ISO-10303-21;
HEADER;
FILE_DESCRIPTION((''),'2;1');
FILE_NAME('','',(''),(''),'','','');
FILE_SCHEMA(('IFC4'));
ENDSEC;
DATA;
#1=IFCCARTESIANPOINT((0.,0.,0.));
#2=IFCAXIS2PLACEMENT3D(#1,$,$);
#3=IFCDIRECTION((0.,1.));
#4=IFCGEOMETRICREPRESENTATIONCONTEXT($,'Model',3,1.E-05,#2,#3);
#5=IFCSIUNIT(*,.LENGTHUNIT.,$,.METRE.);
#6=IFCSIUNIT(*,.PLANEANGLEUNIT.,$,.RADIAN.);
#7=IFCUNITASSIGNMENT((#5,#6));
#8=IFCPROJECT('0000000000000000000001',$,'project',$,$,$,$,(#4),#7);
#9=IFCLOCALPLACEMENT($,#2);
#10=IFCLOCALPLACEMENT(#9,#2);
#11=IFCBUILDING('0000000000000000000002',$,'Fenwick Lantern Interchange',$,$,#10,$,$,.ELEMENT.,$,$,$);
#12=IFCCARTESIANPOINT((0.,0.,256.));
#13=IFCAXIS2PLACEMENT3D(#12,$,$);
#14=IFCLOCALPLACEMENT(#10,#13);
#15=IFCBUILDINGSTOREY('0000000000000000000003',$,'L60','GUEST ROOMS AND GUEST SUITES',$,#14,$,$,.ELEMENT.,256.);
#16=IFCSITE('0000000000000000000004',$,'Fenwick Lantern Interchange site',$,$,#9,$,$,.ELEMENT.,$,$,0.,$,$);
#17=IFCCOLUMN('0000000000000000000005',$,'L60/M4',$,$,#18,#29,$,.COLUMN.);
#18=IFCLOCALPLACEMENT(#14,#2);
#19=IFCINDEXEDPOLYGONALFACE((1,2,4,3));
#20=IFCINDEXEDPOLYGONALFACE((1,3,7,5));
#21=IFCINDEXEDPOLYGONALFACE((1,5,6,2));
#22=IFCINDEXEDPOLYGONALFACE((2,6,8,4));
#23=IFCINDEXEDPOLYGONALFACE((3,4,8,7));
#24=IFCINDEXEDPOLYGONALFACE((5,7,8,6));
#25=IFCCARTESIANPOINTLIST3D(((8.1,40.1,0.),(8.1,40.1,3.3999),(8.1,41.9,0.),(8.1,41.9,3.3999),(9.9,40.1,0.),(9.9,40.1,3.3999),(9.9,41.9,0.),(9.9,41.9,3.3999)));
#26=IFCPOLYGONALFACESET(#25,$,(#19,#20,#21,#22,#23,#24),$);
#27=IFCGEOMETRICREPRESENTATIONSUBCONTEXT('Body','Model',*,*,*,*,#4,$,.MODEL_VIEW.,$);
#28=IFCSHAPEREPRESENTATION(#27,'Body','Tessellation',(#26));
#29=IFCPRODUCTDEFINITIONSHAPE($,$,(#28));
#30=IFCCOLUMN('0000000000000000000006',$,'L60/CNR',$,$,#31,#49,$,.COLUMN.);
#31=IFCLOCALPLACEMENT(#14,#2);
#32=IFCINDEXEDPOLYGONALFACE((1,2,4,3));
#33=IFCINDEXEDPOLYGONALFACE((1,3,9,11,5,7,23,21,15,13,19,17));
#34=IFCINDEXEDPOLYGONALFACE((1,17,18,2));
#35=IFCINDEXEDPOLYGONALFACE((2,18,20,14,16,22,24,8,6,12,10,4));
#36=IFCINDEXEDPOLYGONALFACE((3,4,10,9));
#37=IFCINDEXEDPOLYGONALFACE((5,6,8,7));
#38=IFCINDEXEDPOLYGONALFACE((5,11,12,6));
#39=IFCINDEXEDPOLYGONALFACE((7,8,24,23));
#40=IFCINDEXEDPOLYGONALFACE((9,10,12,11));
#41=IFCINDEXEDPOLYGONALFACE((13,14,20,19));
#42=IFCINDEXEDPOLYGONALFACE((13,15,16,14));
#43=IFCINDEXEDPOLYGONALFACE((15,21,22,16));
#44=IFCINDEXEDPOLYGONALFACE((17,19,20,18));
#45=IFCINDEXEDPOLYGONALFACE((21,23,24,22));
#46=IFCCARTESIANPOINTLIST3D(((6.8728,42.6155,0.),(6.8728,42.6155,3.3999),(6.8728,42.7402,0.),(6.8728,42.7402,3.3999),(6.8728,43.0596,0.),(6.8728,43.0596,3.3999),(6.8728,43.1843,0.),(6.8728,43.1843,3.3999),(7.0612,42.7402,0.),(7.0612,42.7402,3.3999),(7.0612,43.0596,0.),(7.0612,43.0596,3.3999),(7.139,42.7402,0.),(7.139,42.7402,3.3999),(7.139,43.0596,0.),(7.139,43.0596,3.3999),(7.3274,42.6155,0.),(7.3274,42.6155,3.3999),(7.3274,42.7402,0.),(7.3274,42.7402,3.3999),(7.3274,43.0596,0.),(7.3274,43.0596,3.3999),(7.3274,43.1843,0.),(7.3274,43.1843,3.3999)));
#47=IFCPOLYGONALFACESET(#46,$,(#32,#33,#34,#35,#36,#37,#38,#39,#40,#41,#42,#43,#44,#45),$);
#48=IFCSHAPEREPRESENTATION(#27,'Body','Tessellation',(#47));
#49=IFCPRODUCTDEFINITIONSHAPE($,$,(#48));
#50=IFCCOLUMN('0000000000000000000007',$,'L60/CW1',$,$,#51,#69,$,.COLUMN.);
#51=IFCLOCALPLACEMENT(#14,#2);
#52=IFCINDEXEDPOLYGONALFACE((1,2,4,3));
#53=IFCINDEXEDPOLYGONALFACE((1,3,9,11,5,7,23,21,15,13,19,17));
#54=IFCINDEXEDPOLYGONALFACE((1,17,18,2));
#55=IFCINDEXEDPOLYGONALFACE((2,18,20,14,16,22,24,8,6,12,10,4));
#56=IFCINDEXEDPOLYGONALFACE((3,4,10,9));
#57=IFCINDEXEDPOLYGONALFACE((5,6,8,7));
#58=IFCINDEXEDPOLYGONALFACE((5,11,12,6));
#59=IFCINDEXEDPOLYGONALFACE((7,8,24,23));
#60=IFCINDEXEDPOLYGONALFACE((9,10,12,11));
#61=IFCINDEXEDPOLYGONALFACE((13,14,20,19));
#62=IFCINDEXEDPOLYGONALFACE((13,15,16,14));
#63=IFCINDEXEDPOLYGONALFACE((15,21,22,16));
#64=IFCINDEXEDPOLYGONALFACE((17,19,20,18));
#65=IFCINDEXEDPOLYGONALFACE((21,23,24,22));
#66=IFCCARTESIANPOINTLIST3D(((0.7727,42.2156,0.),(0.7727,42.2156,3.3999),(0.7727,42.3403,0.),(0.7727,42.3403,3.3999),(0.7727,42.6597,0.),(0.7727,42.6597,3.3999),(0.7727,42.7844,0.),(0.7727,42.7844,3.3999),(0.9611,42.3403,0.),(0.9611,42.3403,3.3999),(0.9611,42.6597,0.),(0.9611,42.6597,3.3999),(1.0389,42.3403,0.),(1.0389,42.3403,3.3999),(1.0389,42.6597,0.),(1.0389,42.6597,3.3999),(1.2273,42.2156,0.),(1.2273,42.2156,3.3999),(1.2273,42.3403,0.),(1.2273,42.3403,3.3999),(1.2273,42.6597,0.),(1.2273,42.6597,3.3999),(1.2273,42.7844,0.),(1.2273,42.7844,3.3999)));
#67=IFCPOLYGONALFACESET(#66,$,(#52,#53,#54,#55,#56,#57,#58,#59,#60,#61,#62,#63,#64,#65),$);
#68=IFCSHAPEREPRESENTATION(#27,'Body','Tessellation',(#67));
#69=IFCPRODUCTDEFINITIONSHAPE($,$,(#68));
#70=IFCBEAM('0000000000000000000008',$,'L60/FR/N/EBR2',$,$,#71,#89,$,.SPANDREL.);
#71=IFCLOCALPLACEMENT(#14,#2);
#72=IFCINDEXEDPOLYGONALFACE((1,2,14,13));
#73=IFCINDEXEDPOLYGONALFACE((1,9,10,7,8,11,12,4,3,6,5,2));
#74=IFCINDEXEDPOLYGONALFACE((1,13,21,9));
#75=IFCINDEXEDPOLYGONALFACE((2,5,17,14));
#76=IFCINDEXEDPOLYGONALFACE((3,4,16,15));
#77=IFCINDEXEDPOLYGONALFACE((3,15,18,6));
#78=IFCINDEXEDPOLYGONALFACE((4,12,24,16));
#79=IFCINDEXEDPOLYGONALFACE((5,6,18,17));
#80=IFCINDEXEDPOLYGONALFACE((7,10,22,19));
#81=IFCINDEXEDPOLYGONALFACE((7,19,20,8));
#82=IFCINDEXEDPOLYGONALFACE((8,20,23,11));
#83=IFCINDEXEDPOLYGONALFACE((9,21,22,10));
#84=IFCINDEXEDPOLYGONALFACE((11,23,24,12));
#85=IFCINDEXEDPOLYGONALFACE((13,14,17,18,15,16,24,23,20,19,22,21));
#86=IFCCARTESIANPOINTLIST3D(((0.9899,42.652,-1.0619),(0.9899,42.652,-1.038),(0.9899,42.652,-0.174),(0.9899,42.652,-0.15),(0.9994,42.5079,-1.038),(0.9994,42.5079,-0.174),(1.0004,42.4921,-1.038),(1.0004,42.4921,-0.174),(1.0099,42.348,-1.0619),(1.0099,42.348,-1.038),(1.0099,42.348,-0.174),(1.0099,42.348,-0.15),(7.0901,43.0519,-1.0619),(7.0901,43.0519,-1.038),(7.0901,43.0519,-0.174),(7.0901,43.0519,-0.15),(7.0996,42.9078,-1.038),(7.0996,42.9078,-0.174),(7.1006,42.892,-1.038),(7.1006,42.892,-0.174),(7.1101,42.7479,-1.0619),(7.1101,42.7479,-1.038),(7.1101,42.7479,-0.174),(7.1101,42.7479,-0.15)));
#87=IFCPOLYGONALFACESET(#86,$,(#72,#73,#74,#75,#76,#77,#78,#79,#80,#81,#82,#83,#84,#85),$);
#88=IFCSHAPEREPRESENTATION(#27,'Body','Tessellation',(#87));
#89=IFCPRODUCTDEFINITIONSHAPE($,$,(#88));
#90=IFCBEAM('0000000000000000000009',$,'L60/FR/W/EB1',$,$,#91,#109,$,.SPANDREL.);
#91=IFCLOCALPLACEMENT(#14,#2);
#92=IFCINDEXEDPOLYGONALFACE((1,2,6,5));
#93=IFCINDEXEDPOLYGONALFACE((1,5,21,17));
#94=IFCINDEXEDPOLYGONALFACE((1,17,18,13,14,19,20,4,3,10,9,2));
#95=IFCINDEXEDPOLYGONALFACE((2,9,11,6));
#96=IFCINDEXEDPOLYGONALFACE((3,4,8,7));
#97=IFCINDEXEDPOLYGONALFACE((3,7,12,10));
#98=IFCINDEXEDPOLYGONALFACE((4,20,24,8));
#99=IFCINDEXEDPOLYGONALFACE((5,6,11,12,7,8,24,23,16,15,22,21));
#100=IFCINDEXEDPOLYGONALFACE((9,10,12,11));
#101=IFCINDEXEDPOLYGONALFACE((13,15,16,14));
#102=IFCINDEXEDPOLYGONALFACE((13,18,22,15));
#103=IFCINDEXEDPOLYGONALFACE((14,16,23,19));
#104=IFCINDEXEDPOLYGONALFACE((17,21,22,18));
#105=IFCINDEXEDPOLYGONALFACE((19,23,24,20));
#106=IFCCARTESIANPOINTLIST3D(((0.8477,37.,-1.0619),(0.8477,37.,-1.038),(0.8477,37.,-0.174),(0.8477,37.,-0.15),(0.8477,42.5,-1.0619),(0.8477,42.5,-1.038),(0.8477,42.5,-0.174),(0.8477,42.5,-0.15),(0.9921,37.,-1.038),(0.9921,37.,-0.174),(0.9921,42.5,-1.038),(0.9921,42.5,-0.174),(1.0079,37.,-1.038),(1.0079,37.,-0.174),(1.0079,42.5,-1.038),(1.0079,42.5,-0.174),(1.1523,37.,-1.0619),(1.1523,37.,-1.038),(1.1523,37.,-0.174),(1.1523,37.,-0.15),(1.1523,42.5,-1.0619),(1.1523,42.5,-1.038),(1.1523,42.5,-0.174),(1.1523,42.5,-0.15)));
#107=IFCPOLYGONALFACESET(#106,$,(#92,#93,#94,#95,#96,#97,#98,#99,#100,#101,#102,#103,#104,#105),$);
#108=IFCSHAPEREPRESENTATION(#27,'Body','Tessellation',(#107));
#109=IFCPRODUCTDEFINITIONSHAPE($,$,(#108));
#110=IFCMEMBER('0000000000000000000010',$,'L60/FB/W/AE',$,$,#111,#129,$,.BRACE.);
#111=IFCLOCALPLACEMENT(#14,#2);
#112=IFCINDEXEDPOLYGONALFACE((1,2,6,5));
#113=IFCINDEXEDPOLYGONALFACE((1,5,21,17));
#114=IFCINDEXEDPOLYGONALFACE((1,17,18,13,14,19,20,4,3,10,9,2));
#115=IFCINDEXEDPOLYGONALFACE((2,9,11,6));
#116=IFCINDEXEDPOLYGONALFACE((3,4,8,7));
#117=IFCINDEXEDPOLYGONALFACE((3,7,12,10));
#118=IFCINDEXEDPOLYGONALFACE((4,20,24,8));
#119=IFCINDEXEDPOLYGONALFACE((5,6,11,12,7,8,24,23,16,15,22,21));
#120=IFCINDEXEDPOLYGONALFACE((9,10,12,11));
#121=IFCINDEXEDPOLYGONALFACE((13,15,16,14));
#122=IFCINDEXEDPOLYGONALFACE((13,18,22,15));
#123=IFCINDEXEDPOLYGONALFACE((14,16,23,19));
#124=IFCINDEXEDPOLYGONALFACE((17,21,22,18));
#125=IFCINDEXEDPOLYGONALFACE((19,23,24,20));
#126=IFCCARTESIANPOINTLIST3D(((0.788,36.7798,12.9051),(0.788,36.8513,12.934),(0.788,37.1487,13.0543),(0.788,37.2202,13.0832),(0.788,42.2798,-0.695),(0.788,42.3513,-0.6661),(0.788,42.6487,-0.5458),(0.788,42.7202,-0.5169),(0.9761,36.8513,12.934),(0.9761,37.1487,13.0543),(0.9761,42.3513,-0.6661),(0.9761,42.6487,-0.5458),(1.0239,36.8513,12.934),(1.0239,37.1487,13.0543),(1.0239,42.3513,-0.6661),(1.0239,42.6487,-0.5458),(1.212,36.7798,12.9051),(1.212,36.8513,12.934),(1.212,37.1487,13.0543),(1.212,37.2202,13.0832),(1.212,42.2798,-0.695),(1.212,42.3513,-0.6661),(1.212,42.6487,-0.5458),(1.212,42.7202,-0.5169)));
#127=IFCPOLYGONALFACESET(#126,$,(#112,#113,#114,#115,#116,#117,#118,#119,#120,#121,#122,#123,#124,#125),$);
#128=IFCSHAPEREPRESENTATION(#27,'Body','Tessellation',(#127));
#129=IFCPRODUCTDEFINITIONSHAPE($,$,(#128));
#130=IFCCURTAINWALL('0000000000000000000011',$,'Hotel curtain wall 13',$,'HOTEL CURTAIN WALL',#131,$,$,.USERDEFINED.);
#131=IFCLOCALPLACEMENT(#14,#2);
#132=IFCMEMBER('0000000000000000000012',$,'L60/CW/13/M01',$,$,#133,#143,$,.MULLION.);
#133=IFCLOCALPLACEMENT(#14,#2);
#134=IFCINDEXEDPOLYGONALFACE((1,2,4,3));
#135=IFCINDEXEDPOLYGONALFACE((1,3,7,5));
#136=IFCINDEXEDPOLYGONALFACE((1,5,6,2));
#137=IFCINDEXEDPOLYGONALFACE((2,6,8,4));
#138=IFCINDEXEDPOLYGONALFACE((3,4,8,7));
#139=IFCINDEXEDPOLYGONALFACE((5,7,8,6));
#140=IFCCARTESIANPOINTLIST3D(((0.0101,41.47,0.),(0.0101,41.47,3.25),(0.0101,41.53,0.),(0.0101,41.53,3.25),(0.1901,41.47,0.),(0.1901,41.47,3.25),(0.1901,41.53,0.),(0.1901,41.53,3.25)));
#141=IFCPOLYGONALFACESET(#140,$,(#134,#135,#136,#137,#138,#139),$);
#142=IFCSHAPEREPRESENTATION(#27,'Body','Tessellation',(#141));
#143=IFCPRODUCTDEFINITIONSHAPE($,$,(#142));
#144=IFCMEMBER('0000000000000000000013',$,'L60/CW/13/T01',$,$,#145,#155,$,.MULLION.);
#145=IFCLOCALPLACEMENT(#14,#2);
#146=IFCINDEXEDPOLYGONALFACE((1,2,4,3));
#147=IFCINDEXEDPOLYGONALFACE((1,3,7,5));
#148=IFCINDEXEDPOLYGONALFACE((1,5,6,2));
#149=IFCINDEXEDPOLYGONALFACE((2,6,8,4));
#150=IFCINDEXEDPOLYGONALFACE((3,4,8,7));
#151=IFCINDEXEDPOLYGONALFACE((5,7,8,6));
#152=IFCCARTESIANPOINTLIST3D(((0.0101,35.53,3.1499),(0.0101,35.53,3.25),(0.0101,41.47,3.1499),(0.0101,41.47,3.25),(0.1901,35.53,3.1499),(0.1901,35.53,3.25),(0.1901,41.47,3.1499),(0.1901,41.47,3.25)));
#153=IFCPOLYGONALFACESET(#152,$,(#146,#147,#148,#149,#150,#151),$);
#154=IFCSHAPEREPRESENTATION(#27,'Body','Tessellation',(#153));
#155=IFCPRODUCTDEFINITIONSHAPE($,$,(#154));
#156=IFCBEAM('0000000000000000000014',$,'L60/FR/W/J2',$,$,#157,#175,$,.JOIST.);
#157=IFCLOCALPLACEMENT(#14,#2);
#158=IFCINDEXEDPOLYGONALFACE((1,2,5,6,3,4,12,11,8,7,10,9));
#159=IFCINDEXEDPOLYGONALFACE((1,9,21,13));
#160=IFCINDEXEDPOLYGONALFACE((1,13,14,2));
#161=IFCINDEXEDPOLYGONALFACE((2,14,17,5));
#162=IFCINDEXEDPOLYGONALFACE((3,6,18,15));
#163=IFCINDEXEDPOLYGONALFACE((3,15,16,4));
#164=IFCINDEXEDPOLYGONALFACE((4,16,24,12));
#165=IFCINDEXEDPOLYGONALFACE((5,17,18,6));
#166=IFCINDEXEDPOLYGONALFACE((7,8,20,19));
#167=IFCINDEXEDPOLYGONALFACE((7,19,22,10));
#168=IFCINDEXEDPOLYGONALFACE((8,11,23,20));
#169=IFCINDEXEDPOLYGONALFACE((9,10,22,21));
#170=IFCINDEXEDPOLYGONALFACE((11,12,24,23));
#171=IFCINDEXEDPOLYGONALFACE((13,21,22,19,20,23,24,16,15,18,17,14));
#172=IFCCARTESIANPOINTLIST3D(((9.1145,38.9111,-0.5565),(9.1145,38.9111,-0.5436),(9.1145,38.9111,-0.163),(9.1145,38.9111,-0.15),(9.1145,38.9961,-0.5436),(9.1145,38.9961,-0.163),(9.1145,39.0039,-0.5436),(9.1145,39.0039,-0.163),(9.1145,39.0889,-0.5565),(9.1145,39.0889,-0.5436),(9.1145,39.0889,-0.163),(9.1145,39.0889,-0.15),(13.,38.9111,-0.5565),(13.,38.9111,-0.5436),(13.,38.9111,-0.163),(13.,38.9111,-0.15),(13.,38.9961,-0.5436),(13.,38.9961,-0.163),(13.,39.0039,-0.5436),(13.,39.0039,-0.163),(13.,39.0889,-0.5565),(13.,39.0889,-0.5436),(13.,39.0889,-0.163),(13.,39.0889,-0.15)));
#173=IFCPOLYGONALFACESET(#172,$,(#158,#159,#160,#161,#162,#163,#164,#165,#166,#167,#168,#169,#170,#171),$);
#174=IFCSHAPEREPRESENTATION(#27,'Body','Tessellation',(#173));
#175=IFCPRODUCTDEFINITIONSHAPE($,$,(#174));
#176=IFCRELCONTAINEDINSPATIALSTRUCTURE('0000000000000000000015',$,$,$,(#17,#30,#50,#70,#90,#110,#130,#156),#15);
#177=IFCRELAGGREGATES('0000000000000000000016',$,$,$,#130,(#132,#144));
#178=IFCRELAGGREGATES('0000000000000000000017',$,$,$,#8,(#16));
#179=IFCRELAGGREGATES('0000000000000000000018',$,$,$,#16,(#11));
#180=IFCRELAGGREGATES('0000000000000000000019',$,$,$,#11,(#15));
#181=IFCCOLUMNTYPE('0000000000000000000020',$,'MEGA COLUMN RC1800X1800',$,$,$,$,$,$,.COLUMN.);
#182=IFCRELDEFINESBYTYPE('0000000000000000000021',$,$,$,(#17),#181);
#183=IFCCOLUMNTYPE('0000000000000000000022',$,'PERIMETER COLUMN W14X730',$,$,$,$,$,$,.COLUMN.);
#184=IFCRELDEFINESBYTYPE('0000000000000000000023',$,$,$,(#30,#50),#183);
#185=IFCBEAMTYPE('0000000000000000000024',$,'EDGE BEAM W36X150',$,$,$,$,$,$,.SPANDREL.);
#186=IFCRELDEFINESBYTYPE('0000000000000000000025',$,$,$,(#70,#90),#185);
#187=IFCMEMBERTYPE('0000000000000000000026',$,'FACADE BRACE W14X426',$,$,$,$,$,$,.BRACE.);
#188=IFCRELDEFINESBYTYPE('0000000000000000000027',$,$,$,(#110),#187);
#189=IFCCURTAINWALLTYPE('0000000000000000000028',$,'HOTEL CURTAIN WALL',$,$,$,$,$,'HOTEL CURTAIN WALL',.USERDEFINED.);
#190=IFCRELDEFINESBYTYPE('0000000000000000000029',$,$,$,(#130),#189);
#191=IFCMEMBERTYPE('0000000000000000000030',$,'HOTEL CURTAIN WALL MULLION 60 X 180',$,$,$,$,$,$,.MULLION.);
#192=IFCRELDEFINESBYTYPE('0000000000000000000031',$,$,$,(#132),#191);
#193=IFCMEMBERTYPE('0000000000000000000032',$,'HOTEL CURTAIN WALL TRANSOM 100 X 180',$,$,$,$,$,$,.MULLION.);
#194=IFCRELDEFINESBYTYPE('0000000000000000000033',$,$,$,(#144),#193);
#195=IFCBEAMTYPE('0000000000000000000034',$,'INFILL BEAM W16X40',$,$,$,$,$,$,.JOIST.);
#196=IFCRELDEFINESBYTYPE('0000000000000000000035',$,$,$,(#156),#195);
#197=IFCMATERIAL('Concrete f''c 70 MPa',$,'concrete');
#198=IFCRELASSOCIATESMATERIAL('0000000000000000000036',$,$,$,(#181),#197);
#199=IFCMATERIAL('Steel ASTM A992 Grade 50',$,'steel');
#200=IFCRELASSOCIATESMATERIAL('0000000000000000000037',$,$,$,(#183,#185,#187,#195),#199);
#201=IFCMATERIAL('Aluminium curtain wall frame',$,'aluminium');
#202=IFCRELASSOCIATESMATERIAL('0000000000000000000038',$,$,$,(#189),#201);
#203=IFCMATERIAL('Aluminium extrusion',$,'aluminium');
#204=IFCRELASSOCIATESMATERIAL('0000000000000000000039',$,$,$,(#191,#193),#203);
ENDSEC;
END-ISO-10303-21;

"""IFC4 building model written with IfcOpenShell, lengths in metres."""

from ifc_helpers import new_model, si_unit, direction, frame, origin, origin_2d, place, context, subcontext, project, spatial, rectangle, i_section, extrude, material, material_profile, profile_set, type_object, element, aggregate, save


model = new_model("IFC4")

# Units and contexts
model_context = context("Model", 3, precision=1e-05, world=origin(), true_north=direction((0.0, 1.0)))
body_context = subcontext(model_context, "Body", "Model", "MODEL_VIEW")
ifc_project = project(units=[si_unit("LENGTHUNIT", "METRE"), si_unit("PLANEANGLEUNIT", "RADIAN")], contexts=[model_context])

# Site, building, storey
site_placement = place(None, origin())
site = spatial("IfcSite", under=ifc_project, at=site_placement, Name="Fenwick Lantern Interchange site", CompositionType="ELEMENT", RefElevation=0.0)
building_placement = place(site_placement, origin())
building = spatial("IfcBuilding", under=site, at=building_placement, Name="Fenwick Lantern Interchange", CompositionType="ELEMENT")
storey_placement = place(building_placement, frame((0.0, 0.0, 256.0)))
storey = spatial("IfcBuildingStorey", under=building, at=storey_placement, Name="L60", Description="GUEST ROOMS AND GUEST SUITES", CompositionType="ELEMENT", Elevation=256.0)

# Columns
ifc_material_1 = material(Name="Concrete f'c 70 MPa", Category="concrete")
ifc_material_profile_1 = material_profile(ifc_material_1, rectangle(XDim=1.8, YDim=1.8, at=origin_2d()), Name="RC1800X1800")
ifc_profile_set_1 = profile_set([ifc_material_profile_1], Name="Concrete f'c 70 MPa")
column_type_1 = type_object("IfcColumnType", Name="MEGA COLUMN RC1800X1800", PredefinedType="COLUMN", material=ifc_profile_set_1)
column_placement = place(storey_placement, frame((9.0, 41.0, 0.0), z_axis=(0.0, 0.0, 1.0), x_axis=(1.0, 0.0, 0.0)))
element("IfcColumn", 1, at=column_placement, inside=storey, type_object=column_type_1, Name="L60/M4", PredefinedType="COLUMN", context=body_context, shape_type="SweptSolid", body=[
    extrude(rectangle(XDim=1.8, YDim=1.8, at=origin_2d()), origin(), (0.0, 0.0, 1.0), 3.3999),
])
ifc_material_2 = material(Name="Steel ASTM A992 Grade 50", Category="steel")
ifc_material_profile_2 = material_profile(ifc_material_2, i_section(OverallWidth=0.4546, OverallDepth=0.5688, WebThickness=0.0779, FlangeThickness=0.1248, at=origin_2d()), Name="W14X730")
ifc_profile_set_2 = profile_set([ifc_material_profile_2], Name="Steel ASTM A992 Grade 50")
column_type_2 = type_object("IfcColumnType", Name="PERIMETER COLUMN W14X730", PredefinedType="COLUMN", material=ifc_profile_set_2)
for number, where, z_axis, x_axis, name in (
    (2, (7.1001, 42.8999, 0.0), (0.0, 0.0, 1.0), (1.0, 0.0, 0.0), "L60/CNR"),
    (3, (1.0, 42.5, 0.0), (0.0, 0.0, 1.0), (1.0, 0.0, 0.0), "L60/CW1"),
):
    element("IfcColumn", number, at=place(storey_placement, frame(where, z_axis=z_axis, x_axis=x_axis)), inside=storey, type_object=column_type_2, Name=name, PredefinedType="COLUMN", context=body_context, shape_type="SweptSolid", body=[
        extrude(i_section(OverallWidth=0.4546, OverallDepth=0.5688, WebThickness=0.0779, FlangeThickness=0.1248, at=origin_2d()), origin(), (0.0, 0.0, 1.0), 3.3999),
    ])

# Beams
ifc_material_profile_3 = material_profile(ifc_material_2, i_section(OverallWidth=0.3047, OverallDepth=0.9119, WebThickness=0.0159, FlangeThickness=0.0239, at=origin_2d()), Name="W36X150")
ifc_profile_set_3 = profile_set([ifc_material_profile_3], Name="Steel ASTM A992 Grade 50")
beam_type_1 = type_object("IfcBeamType", Name="EDGE BEAM W36X150", PredefinedType="SPANDREL", material=ifc_profile_set_3)
beam_1_placement = place(storey_placement, frame((7.1001, 42.8999, -0.606), z_axis=(-0.997858, -0.065416, 0.0), x_axis=(0.065416, -0.997858, 0.0)))
element("IfcBeam", 4, at=beam_1_placement, inside=storey, type_object=beam_type_1, Name="L60/FR/N/EBR2", PredefinedType="SPANDREL", context=body_context, shape_type="SweptSolid", body=[
    extrude(i_section(OverallWidth=0.3047, OverallDepth=0.9119, WebThickness=0.0159, FlangeThickness=0.0239, at=origin_2d()), origin(), (0.0, 0.0, 1.0), 6.1133),
])
beam_2_placement = place(storey_placement, frame((1.0, 42.5, -0.606), z_axis=(0.0, -1.0, 0.0), x_axis=(1.0, 0.0, 0.0)))
element("IfcBeam", 5, at=beam_2_placement, inside=storey, type_object=beam_type_1, Name="L60/FR/W/EB1", PredefinedType="SPANDREL", context=body_context, shape_type="SweptSolid", body=[
    extrude(i_section(OverallWidth=0.3047, OverallDepth=0.9119, WebThickness=0.0159, FlangeThickness=0.0239, at=origin_2d()), origin(), (0.0, 0.0, 1.0), 5.5),
])

# Member
ifc_material_profile_4 = material_profile(ifc_material_2, i_section(OverallWidth=0.4241, OverallDepth=0.4751, WebThickness=0.0479, FlangeThickness=0.0771, at=origin_2d()), Name="W14X426")
ifc_profile_set_4 = profile_set([ifc_material_profile_4], Name="Steel ASTM A992 Grade 50")
member_type_1 = type_object("IfcMemberType", Name="FACADE BRACE W14X426", PredefinedType="BRACE", material=ifc_profile_set_4)
member_1_placement = place(storey_placement, frame((1.0, 42.5, -0.606), z_axis=(0.0, -0.374912, 0.927061), x_axis=(1.0, 0.0, 0.0)))
element("IfcMember", 6, at=member_1_placement, inside=storey, type_object=member_type_1, Name="L60/FB/W/AE", PredefinedType="BRACE", context=body_context, shape_type="SweptSolid", body=[
    extrude(i_section(OverallWidth=0.4241, OverallDepth=0.4751, WebThickness=0.0479, FlangeThickness=0.0771, at=origin_2d()), origin(), (0.0, 0.0, 1.0), 14.6702),
])

# Curtain wall, members
ifc_material_3 = material(Name="Aluminium curtain wall frame", Category="aluminium")
curtain_wall_type = type_object("IfcCurtainWallType", Name="HOTEL CURTAIN WALL", ElementType="HOTEL CURTAIN WALL", PredefinedType="USERDEFINED", material=ifc_material_3)
curtain_wall_placement = place(storey_placement, origin())
curtain_wall = element("IfcCurtainWall", 7, at=curtain_wall_placement, inside=storey, type_object=curtain_wall_type, Name="Hotel curtain wall 13", ObjectType="HOTEL CURTAIN WALL", PredefinedType="USERDEFINED")
ifc_material_4 = material(Name="Aluminium extrusion", Category="aluminium")
ifc_material_profile_5 = material_profile(ifc_material_4, rectangle(XDim=0.1799, YDim=0.0601, at=origin_2d()), Name="HOTEL CURTAIN WALL MULLION 60 X 180")
ifc_profile_set_5 = profile_set([ifc_material_profile_5], Name="Aluminium extrusion")
member_type_2 = type_object("IfcMemberType", Name="HOTEL CURTAIN WALL MULLION 60 X 180", PredefinedType="MULLION", material=ifc_profile_set_5)
member_2_placement = place(storey_placement, frame((0.1001, 41.5, 0.0), z_axis=(0.0, 0.0, 1.0), x_axis=(1.0, 0.0, 0.0)))
member_2 = element("IfcMember", 8, at=member_2_placement, type_object=member_type_2, Name="L60/CW/13/M01", PredefinedType="MULLION", context=body_context, shape_type="SweptSolid", body=[
    extrude(rectangle(XDim=0.1799, YDim=0.0601, at=origin_2d()), origin(), (0.0, 0.0, 1.0), 3.25),
])
ifc_material_profile_6 = material_profile(ifc_material_4, rectangle(XDim=0.1799, YDim=0.1001, at=origin_2d()), Name="HOTEL CURTAIN WALL TRANSOM 100 X 180")
ifc_profile_set_6 = profile_set([ifc_material_profile_6], Name="Aluminium extrusion")
member_type_3 = type_object("IfcMemberType", Name="HOTEL CURTAIN WALL TRANSOM 100 X 180", PredefinedType="MULLION", material=ifc_profile_set_6)
member_3_placement = place(storey_placement, frame((0.1001, 41.47, 3.2), z_axis=(0.0, -1.0, 0.0), x_axis=(1.0, 0.0, 0.0)))
member_3 = element("IfcMember", 9, at=member_3_placement, type_object=member_type_3, Name="L60/CW/13/T01", PredefinedType="MULLION", context=body_context, shape_type="SweptSolid", body=[
    extrude(rectangle(XDim=0.1799, YDim=0.1001, at=origin_2d()), origin(), (0.0, 0.0, 1.0), 5.9399),
])
aggregate(curtain_wall, [member_2, member_3])

# Beam
ifc_material_profile_7 = material_profile(ifc_material_2, i_section(OverallWidth=0.1777, OverallDepth=0.4065, WebThickness=0.0078, FlangeThickness=0.0129, at=origin_2d()), Name="W16X40")
ifc_profile_set_7 = profile_set([ifc_material_profile_7], Name="Steel ASTM A992 Grade 50")
beam_type_2 = type_object("IfcBeamType", Name="INFILL BEAM W16X40", PredefinedType="JOIST", material=ifc_profile_set_7)
beam_3_placement = place(storey_placement, frame((9.1145, 39.0, -0.3533), z_axis=(1.0, 0.0, 0.0), x_axis=(0.0, 1.0, 0.0)))
element("IfcBeam", 10, at=beam_3_placement, inside=storey, type_object=beam_type_2, Name="L60/FR/W/J2", PredefinedType="JOIST", context=body_context, shape_type="SweptSolid", body=[
    extrude(i_section(OverallWidth=0.1777, OverallDepth=0.4065, WebThickness=0.0078, FlangeThickness=0.0129, at=origin_2d()), origin(), (0.0, 0.0, 1.0), 3.8855),
])

save(model, "model.ifc")
